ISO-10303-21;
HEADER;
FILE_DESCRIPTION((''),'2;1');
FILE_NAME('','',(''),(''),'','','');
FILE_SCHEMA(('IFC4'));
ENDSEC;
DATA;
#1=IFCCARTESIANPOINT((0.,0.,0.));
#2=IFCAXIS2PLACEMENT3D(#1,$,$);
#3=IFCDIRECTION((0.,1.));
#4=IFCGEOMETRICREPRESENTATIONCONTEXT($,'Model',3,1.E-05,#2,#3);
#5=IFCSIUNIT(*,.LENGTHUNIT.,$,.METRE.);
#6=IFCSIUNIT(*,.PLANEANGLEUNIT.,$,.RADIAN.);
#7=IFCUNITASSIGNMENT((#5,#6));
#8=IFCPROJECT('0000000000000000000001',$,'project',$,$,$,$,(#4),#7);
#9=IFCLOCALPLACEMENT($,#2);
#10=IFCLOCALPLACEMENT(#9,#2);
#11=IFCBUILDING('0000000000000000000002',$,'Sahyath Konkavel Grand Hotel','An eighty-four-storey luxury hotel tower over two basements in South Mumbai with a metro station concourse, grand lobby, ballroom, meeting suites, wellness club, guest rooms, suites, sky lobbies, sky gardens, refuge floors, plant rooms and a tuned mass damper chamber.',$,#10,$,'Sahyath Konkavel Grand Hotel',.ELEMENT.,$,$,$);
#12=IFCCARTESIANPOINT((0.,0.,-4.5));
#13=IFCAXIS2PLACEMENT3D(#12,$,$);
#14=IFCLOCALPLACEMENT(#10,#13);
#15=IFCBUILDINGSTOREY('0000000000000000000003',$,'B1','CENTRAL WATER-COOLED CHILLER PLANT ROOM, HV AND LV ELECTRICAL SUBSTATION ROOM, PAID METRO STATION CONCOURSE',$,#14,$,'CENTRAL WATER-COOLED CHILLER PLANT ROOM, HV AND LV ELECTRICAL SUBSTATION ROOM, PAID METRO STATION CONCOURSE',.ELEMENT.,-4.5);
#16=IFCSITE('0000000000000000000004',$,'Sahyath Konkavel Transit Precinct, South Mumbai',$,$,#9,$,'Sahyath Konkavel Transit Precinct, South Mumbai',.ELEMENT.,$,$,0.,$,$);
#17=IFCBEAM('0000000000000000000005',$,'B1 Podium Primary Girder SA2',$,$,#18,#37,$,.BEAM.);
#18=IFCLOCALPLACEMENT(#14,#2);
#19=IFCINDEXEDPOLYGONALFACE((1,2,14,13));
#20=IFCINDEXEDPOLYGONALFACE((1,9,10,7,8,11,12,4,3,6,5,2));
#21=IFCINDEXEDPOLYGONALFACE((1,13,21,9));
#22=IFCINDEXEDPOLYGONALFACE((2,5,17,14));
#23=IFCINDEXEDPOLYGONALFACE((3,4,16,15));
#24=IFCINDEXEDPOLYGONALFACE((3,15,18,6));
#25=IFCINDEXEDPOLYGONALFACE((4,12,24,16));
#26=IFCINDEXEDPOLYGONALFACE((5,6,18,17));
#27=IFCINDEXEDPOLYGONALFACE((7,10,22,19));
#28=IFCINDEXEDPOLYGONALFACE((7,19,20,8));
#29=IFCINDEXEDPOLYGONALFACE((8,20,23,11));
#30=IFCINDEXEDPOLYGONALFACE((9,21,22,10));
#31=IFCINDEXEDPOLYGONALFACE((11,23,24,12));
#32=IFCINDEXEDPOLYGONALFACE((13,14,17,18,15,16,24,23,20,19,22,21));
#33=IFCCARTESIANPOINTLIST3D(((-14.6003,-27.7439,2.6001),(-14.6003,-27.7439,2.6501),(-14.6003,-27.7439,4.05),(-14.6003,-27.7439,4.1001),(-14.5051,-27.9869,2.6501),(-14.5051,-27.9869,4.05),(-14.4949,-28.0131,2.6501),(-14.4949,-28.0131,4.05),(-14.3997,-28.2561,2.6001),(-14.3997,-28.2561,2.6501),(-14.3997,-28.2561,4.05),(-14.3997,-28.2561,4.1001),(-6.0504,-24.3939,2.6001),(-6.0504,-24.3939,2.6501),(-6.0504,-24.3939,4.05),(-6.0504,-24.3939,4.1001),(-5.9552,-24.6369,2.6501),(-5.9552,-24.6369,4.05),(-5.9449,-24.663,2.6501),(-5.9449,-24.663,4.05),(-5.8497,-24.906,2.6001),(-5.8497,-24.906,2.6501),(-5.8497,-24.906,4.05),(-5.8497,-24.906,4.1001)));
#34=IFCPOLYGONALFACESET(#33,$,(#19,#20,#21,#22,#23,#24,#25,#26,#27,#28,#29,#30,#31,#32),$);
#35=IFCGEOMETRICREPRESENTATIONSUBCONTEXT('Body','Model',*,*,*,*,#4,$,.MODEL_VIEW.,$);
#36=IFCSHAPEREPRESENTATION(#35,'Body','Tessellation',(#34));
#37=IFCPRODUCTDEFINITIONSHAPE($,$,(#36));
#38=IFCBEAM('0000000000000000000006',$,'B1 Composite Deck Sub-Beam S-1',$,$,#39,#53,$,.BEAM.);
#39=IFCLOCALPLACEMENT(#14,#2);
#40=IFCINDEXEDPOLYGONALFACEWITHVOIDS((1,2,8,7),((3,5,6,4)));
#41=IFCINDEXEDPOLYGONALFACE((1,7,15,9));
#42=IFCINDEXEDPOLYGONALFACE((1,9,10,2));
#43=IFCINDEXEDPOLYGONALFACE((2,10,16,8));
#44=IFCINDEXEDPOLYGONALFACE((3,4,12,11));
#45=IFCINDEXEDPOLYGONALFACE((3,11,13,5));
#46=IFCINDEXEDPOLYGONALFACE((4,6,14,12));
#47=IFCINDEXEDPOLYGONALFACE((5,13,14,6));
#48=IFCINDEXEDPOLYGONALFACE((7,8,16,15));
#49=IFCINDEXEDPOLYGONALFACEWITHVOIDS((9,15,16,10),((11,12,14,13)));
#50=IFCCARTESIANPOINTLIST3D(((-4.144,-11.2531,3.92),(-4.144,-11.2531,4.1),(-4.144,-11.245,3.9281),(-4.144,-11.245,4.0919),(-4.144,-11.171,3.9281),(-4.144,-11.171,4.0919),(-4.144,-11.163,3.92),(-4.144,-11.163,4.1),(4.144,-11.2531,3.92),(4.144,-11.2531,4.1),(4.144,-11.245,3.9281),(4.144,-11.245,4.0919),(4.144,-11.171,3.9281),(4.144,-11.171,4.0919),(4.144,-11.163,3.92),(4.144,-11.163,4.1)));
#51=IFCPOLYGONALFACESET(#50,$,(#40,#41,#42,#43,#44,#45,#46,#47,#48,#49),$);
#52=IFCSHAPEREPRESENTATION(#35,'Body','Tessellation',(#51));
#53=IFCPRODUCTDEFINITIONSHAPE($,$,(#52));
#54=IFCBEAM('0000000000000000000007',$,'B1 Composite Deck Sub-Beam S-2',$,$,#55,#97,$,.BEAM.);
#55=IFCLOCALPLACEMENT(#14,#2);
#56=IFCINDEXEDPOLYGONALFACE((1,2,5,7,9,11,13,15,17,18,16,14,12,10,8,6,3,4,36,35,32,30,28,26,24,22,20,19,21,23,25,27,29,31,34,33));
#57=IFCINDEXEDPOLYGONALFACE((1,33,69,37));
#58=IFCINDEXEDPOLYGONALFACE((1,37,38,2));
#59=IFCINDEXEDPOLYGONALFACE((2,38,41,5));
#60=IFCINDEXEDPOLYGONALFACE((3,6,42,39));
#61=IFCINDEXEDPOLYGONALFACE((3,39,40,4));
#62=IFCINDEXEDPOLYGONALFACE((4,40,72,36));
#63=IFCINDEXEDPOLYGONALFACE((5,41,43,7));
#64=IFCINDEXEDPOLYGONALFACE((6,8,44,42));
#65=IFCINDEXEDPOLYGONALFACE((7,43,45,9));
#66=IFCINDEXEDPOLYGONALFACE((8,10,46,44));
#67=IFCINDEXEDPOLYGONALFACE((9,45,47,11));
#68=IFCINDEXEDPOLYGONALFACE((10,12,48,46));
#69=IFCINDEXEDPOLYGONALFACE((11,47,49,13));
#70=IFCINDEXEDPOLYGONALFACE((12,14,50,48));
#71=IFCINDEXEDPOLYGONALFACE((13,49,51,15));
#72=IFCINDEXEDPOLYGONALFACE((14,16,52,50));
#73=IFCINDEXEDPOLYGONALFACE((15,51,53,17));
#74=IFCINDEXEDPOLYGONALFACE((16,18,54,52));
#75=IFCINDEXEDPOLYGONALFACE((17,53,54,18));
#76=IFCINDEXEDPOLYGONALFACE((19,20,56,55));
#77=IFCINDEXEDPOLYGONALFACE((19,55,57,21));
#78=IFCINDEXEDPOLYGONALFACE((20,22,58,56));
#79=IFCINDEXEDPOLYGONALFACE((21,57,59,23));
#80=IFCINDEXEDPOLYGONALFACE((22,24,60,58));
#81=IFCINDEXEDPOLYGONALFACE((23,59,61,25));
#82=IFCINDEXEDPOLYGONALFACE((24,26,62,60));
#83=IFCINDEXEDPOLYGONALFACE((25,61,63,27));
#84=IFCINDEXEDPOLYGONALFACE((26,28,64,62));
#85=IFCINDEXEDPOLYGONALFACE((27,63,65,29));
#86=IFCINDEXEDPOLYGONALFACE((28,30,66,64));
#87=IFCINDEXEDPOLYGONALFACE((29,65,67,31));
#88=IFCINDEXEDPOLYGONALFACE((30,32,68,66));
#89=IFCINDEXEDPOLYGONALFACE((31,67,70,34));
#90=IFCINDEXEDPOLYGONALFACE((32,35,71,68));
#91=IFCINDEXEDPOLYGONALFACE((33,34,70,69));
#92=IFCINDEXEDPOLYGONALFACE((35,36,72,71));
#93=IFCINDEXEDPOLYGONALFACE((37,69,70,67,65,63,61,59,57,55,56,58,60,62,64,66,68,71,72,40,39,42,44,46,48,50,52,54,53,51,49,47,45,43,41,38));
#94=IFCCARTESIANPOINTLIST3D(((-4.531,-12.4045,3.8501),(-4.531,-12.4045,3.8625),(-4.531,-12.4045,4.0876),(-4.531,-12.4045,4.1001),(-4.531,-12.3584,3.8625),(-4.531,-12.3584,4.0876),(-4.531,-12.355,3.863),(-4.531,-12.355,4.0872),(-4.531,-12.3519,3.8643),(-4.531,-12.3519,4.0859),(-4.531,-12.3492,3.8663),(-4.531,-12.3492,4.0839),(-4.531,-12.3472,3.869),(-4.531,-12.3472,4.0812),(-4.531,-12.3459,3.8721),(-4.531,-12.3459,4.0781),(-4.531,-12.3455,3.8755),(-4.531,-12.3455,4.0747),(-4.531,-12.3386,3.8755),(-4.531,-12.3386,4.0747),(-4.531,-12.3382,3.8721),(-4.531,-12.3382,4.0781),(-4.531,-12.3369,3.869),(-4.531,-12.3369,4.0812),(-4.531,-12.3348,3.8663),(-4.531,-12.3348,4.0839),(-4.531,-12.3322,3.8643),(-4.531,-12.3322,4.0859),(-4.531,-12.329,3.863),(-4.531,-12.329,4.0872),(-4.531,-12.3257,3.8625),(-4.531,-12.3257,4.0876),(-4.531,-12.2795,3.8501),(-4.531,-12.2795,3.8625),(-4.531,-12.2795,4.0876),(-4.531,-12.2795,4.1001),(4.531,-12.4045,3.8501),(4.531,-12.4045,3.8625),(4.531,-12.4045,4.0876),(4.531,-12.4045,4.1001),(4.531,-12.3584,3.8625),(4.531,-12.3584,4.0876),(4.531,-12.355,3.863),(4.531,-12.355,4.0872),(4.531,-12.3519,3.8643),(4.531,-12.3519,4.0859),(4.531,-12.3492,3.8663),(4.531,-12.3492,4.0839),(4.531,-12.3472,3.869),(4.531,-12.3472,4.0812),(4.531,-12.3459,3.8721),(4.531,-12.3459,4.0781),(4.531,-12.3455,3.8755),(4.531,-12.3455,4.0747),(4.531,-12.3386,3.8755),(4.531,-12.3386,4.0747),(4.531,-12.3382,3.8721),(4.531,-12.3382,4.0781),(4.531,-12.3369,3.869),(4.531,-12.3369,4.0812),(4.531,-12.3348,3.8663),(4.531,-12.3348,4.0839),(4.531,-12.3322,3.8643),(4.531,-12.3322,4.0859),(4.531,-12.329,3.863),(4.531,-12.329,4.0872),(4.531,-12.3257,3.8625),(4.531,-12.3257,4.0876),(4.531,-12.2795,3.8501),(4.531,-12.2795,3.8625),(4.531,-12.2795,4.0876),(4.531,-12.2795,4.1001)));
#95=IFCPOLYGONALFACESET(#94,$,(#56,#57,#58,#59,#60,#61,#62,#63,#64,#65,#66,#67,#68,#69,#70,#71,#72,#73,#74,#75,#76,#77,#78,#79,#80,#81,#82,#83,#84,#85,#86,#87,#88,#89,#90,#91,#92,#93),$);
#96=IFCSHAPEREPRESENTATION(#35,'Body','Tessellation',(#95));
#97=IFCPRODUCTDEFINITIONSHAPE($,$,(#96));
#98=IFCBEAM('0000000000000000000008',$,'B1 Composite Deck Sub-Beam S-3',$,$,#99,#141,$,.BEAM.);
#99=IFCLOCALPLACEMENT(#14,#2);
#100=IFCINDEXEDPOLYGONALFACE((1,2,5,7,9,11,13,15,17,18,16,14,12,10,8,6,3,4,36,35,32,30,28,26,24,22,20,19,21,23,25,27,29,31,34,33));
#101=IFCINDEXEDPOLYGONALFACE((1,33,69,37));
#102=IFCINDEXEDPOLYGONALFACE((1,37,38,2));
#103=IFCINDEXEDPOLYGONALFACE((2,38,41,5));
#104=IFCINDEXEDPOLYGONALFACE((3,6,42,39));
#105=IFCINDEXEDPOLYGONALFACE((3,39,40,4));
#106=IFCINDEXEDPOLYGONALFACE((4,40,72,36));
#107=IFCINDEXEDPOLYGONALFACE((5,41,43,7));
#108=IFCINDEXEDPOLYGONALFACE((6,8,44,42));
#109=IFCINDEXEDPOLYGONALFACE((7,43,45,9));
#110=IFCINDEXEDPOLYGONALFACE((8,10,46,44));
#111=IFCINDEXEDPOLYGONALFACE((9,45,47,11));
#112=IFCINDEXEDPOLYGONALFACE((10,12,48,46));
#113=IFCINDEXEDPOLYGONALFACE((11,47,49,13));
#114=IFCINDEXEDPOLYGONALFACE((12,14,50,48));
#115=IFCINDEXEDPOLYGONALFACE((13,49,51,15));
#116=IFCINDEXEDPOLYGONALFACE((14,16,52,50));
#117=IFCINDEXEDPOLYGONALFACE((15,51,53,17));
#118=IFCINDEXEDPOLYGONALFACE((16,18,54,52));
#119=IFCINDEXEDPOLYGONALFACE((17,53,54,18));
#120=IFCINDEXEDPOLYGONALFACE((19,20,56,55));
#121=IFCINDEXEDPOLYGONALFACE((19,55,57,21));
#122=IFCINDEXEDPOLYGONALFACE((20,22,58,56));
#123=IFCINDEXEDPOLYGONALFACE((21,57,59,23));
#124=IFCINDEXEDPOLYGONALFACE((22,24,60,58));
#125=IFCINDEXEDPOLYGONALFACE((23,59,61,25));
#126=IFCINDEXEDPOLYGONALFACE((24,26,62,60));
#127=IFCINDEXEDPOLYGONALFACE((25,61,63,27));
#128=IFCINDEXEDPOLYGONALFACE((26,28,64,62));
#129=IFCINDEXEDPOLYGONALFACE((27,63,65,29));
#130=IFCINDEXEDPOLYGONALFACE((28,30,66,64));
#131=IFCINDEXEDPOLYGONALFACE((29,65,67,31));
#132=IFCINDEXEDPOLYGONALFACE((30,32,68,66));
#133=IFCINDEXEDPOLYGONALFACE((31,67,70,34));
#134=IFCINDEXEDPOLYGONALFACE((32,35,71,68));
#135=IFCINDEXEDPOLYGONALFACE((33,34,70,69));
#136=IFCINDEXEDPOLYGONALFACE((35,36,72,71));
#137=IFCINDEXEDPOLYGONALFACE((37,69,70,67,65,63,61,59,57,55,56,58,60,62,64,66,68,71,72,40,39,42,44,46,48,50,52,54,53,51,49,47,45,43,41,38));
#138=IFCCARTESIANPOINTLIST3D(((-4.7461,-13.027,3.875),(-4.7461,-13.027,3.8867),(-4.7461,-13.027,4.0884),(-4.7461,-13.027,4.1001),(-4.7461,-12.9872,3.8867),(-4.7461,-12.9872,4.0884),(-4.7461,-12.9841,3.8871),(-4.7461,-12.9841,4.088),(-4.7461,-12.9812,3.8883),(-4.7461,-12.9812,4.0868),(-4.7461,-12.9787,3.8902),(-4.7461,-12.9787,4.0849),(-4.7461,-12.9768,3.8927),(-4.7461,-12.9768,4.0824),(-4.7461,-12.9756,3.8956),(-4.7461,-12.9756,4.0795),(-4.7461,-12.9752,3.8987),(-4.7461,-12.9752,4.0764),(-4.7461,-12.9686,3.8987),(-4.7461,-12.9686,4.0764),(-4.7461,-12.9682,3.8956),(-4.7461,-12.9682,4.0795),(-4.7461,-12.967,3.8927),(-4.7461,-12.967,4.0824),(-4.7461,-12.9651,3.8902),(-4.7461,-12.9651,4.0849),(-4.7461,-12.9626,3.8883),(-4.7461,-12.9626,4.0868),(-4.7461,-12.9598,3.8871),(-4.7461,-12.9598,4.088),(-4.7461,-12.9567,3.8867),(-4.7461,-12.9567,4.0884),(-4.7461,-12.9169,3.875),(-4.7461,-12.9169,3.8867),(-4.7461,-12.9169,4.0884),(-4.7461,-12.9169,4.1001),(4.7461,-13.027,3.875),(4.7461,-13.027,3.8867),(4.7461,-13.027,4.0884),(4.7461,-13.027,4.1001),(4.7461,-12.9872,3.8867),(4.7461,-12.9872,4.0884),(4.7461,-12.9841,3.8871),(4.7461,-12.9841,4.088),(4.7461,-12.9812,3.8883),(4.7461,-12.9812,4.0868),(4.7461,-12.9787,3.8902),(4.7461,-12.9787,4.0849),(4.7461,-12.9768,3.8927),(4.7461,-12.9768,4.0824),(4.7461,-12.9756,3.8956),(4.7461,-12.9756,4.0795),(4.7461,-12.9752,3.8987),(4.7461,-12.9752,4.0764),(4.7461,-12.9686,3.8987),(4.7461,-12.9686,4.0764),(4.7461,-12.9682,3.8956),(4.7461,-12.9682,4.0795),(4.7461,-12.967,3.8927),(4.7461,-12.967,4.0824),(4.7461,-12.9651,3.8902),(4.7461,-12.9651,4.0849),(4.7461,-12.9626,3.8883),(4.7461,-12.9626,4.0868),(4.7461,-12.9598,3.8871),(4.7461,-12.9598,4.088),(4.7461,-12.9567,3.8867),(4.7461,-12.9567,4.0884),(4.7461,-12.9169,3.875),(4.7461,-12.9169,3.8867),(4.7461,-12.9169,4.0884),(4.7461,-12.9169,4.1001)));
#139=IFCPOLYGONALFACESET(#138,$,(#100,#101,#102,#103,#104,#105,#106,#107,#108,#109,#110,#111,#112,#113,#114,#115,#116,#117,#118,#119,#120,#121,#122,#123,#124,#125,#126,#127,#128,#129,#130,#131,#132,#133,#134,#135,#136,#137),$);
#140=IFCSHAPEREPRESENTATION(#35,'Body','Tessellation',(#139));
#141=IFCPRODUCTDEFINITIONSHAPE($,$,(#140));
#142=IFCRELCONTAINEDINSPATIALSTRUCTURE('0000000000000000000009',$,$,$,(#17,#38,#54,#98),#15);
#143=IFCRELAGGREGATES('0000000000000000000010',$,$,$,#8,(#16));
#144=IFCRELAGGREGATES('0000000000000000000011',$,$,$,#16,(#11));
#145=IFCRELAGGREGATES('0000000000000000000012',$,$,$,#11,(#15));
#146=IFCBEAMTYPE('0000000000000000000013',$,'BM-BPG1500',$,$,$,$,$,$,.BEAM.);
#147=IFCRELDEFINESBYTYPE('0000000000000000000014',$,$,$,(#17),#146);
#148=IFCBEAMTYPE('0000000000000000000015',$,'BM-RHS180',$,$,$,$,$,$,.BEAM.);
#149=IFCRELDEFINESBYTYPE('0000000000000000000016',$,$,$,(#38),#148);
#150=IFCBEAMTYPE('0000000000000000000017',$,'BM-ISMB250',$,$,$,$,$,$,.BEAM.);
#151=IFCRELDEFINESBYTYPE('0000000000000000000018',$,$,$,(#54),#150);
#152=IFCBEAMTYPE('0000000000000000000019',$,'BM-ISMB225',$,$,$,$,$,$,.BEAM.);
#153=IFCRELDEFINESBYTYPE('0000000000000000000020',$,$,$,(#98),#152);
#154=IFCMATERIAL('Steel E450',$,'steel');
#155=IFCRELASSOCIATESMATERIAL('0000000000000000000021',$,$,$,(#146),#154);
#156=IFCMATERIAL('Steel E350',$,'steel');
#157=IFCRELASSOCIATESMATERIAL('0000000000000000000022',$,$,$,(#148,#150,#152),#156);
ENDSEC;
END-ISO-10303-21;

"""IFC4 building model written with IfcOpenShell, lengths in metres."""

from ifc_helpers import new_model, si_unit, direction, frame, origin, origin_2d, place, context, subcontext, project, spatial, hollow_rectangle, i_section, extrude, source, transform, mapped, material, material_profile, profile_set, type_object, element, save


model = new_model("IFC4")

# Units and contexts
model_context = context("Model", 3, precision=1e-05, world=origin(), true_north=direction((0.0, 1.0)))
body_context = subcontext(model_context, "Body", "Model", "MODEL_VIEW")
ifc_project = project(units=[si_unit("LENGTHUNIT", "METRE"), si_unit("PLANEANGLEUNIT", "RADIAN")], contexts=[model_context])

# Site, building, storey
site_placement = place(None, origin())
site = spatial("IfcSite", under=ifc_project, at=site_placement, Name="Sahyath Konkavel Transit Precinct, South Mumbai", LongName="Sahyath Konkavel Transit Precinct, South Mumbai", CompositionType="ELEMENT", RefElevation=0.0)
building_placement = place(site_placement, origin())
building = spatial("IfcBuilding", under=site, at=building_placement, Name="Sahyath Konkavel Grand Hotel", Description="An eighty-four-storey luxury hotel tower over two basements in South Mumbai with a metro station concourse, grand lobby, ballroom, meeting suites, wellness club, guest rooms, suites, sky lobbies, sky gardens, refuge floors, plant rooms and a tuned mass damper chamber.", LongName="Sahyath Konkavel Grand Hotel", CompositionType="ELEMENT")
storey_placement = place(building_placement, frame((0.0, 0.0, -4.5)))
storey = spatial("IfcBuildingStorey", under=building, at=storey_placement, Name="B1", Description="CENTRAL WATER-COOLED CHILLER PLANT ROOM, HV AND LV ELECTRICAL SUBSTATION ROOM, PAID METRO STATION CONCOURSE", LongName="CENTRAL WATER-COOLED CHILLER PLANT ROOM, HV AND LV ELECTRICAL SUBSTATION ROOM, PAID METRO STATION CONCOURSE", CompositionType="ELEMENT", Elevation=-4.5)

# Shared definitions
ifc_material_1 = material(Name="Steel E450", Category="steel")

# Beams
ifc_material_2 = material(Name="Steel E350", Category="steel")
ifc_material_profile_1 = material_profile(ifc_material_1, i_section(OverallWidth=0.55, OverallDepth=1.5, WebThickness=0.0281, FlangeThickness=0.05, at=origin_2d()), Name="BPG 1500x550")
ifc_profile_set_1 = profile_set([ifc_material_profile_1], Name="Steel E450")
beam_type_1 = type_object("IfcBeamType", Name="BM-BPG1500", PredefinedType="BEAM", material=ifc_profile_set_1)
shared_shape_1 = source(origin(), body_context, "Body", "SweptSolid", [
    extrude(i_section(OverallWidth=0.55, OverallDepth=1.5, WebThickness=0.0281, FlangeThickness=0.05, at=origin_2d()), origin(), (0.0, 0.0, 1.0), 9.1829),
])
beam_1_placement = place(storey_placement, frame((-14.5, -28.0, 3.3501), z_axis=(0.931079, 0.364817, 0.0), x_axis=(-0.364817, 0.931079, 0.0)))
element("IfcBeam", 1, at=beam_1_placement, inside=storey, type_object=beam_type_1, Name="B1 Podium Primary Girder SA2", PredefinedType="BEAM", context=body_context, shape_type="MappedRepresentation", body=[
    mapped(shared_shape_1, transform((0.0, 0.0, 0.0), scale=1.0)),
])
ifc_material_profile_2 = material_profile(ifc_material_2, hollow_rectangle(XDim=0.0901, YDim=0.1799, WallThickness=0.0081, at=origin_2d()), Name="RHS 180x90x8")
ifc_profile_set_2 = profile_set([ifc_material_profile_2], Name="Steel E350")
beam_type_2 = type_object("IfcBeamType", Name="BM-RHS180", PredefinedType="BEAM", material=ifc_profile_set_2)
shared_shape_2 = source(origin(), body_context, "Body", "SweptSolid", [
    extrude(hollow_rectangle(XDim=0.0901, YDim=0.1799, WallThickness=0.0081, at=origin_2d()), origin(), (0.0, 0.0, 1.0), 8.2881),
])
beam_2_placement = place(storey_placement, frame((-4.144, -11.208, 4.01), z_axis=(1.0, 0.0, 0.0), x_axis=(0.0, 1.0, 0.0)))
element("IfcBeam", 2, at=beam_2_placement, inside=storey, type_object=beam_type_2, Name="B1 Composite Deck Sub-Beam S-1", PredefinedType="BEAM", context=body_context, shape_type="MappedRepresentation", body=[
    mapped(shared_shape_2, transform((0.0, 0.0, 0.0), scale=1.0)),
])
ifc_material_profile_3 = material_profile(ifc_material_2, i_section(OverallWidth=0.125, OverallDepth=0.25, WebThickness=0.0068, FlangeThickness=0.0125, FilletRadius=0.0129, at=origin_2d()), Name="ISMB 250")
ifc_profile_set_3 = profile_set([ifc_material_profile_3], Name="Steel E350")
beam_type_3 = type_object("IfcBeamType", Name="BM-ISMB250", PredefinedType="BEAM", material=ifc_profile_set_3)
shared_shape_3 = source(origin(), body_context, "Body", "SweptSolid", [
    extrude(i_section(OverallWidth=0.125, OverallDepth=0.25, WebThickness=0.0068, FlangeThickness=0.0125, FilletRadius=0.0129, at=origin_2d()), origin(), (0.0, 0.0, 1.0), 9.062),
])
beam_3_placement = place(storey_placement, frame((-4.531, -12.342, 3.9751), z_axis=(1.0, 0.0, 0.0), x_axis=(0.0, 1.0, 0.0)))
element("IfcBeam", 3, at=beam_3_placement, inside=storey, type_object=beam_type_3, Name="B1 Composite Deck Sub-Beam S-2", PredefinedType="BEAM", context=body_context, shape_type="MappedRepresentation", body=[
    mapped(shared_shape_3, transform((0.0, 0.0, 0.0), scale=1.0)),
])
ifc_material_profile_4 = material_profile(ifc_material_2, i_section(OverallWidth=0.1101, OverallDepth=0.2251, WebThickness=0.0066, FlangeThickness=0.0117, FilletRadius=0.012, at=origin_2d()), Name="ISMB 225")
ifc_profile_set_4 = profile_set([ifc_material_profile_4], Name="Steel E350")
beam_type_4 = type_object("IfcBeamType", Name="BM-ISMB225", PredefinedType="BEAM", material=ifc_profile_set_4)
shared_shape_4 = source(origin(), body_context, "Body", "SweptSolid", [
    extrude(i_section(OverallWidth=0.1101, OverallDepth=0.2251, WebThickness=0.0066, FlangeThickness=0.0117, FilletRadius=0.012, at=origin_2d()), origin(), (0.0, 0.0, 1.0), 9.4922),
])
beam_4_placement = place(storey_placement, frame((-4.7461, -12.9719, 3.9875), z_axis=(1.0, 0.0, 0.0), x_axis=(0.0, 1.0, 0.0)))
element("IfcBeam", 4, at=beam_4_placement, inside=storey, type_object=beam_type_4, Name="B1 Composite Deck Sub-Beam S-3", PredefinedType="BEAM", context=body_context, shape_type="MappedRepresentation", body=[
    mapped(shared_shape_4, transform((0.0, 0.0, 0.0), scale=1.0)),
])

save(model, "model.ifc")
